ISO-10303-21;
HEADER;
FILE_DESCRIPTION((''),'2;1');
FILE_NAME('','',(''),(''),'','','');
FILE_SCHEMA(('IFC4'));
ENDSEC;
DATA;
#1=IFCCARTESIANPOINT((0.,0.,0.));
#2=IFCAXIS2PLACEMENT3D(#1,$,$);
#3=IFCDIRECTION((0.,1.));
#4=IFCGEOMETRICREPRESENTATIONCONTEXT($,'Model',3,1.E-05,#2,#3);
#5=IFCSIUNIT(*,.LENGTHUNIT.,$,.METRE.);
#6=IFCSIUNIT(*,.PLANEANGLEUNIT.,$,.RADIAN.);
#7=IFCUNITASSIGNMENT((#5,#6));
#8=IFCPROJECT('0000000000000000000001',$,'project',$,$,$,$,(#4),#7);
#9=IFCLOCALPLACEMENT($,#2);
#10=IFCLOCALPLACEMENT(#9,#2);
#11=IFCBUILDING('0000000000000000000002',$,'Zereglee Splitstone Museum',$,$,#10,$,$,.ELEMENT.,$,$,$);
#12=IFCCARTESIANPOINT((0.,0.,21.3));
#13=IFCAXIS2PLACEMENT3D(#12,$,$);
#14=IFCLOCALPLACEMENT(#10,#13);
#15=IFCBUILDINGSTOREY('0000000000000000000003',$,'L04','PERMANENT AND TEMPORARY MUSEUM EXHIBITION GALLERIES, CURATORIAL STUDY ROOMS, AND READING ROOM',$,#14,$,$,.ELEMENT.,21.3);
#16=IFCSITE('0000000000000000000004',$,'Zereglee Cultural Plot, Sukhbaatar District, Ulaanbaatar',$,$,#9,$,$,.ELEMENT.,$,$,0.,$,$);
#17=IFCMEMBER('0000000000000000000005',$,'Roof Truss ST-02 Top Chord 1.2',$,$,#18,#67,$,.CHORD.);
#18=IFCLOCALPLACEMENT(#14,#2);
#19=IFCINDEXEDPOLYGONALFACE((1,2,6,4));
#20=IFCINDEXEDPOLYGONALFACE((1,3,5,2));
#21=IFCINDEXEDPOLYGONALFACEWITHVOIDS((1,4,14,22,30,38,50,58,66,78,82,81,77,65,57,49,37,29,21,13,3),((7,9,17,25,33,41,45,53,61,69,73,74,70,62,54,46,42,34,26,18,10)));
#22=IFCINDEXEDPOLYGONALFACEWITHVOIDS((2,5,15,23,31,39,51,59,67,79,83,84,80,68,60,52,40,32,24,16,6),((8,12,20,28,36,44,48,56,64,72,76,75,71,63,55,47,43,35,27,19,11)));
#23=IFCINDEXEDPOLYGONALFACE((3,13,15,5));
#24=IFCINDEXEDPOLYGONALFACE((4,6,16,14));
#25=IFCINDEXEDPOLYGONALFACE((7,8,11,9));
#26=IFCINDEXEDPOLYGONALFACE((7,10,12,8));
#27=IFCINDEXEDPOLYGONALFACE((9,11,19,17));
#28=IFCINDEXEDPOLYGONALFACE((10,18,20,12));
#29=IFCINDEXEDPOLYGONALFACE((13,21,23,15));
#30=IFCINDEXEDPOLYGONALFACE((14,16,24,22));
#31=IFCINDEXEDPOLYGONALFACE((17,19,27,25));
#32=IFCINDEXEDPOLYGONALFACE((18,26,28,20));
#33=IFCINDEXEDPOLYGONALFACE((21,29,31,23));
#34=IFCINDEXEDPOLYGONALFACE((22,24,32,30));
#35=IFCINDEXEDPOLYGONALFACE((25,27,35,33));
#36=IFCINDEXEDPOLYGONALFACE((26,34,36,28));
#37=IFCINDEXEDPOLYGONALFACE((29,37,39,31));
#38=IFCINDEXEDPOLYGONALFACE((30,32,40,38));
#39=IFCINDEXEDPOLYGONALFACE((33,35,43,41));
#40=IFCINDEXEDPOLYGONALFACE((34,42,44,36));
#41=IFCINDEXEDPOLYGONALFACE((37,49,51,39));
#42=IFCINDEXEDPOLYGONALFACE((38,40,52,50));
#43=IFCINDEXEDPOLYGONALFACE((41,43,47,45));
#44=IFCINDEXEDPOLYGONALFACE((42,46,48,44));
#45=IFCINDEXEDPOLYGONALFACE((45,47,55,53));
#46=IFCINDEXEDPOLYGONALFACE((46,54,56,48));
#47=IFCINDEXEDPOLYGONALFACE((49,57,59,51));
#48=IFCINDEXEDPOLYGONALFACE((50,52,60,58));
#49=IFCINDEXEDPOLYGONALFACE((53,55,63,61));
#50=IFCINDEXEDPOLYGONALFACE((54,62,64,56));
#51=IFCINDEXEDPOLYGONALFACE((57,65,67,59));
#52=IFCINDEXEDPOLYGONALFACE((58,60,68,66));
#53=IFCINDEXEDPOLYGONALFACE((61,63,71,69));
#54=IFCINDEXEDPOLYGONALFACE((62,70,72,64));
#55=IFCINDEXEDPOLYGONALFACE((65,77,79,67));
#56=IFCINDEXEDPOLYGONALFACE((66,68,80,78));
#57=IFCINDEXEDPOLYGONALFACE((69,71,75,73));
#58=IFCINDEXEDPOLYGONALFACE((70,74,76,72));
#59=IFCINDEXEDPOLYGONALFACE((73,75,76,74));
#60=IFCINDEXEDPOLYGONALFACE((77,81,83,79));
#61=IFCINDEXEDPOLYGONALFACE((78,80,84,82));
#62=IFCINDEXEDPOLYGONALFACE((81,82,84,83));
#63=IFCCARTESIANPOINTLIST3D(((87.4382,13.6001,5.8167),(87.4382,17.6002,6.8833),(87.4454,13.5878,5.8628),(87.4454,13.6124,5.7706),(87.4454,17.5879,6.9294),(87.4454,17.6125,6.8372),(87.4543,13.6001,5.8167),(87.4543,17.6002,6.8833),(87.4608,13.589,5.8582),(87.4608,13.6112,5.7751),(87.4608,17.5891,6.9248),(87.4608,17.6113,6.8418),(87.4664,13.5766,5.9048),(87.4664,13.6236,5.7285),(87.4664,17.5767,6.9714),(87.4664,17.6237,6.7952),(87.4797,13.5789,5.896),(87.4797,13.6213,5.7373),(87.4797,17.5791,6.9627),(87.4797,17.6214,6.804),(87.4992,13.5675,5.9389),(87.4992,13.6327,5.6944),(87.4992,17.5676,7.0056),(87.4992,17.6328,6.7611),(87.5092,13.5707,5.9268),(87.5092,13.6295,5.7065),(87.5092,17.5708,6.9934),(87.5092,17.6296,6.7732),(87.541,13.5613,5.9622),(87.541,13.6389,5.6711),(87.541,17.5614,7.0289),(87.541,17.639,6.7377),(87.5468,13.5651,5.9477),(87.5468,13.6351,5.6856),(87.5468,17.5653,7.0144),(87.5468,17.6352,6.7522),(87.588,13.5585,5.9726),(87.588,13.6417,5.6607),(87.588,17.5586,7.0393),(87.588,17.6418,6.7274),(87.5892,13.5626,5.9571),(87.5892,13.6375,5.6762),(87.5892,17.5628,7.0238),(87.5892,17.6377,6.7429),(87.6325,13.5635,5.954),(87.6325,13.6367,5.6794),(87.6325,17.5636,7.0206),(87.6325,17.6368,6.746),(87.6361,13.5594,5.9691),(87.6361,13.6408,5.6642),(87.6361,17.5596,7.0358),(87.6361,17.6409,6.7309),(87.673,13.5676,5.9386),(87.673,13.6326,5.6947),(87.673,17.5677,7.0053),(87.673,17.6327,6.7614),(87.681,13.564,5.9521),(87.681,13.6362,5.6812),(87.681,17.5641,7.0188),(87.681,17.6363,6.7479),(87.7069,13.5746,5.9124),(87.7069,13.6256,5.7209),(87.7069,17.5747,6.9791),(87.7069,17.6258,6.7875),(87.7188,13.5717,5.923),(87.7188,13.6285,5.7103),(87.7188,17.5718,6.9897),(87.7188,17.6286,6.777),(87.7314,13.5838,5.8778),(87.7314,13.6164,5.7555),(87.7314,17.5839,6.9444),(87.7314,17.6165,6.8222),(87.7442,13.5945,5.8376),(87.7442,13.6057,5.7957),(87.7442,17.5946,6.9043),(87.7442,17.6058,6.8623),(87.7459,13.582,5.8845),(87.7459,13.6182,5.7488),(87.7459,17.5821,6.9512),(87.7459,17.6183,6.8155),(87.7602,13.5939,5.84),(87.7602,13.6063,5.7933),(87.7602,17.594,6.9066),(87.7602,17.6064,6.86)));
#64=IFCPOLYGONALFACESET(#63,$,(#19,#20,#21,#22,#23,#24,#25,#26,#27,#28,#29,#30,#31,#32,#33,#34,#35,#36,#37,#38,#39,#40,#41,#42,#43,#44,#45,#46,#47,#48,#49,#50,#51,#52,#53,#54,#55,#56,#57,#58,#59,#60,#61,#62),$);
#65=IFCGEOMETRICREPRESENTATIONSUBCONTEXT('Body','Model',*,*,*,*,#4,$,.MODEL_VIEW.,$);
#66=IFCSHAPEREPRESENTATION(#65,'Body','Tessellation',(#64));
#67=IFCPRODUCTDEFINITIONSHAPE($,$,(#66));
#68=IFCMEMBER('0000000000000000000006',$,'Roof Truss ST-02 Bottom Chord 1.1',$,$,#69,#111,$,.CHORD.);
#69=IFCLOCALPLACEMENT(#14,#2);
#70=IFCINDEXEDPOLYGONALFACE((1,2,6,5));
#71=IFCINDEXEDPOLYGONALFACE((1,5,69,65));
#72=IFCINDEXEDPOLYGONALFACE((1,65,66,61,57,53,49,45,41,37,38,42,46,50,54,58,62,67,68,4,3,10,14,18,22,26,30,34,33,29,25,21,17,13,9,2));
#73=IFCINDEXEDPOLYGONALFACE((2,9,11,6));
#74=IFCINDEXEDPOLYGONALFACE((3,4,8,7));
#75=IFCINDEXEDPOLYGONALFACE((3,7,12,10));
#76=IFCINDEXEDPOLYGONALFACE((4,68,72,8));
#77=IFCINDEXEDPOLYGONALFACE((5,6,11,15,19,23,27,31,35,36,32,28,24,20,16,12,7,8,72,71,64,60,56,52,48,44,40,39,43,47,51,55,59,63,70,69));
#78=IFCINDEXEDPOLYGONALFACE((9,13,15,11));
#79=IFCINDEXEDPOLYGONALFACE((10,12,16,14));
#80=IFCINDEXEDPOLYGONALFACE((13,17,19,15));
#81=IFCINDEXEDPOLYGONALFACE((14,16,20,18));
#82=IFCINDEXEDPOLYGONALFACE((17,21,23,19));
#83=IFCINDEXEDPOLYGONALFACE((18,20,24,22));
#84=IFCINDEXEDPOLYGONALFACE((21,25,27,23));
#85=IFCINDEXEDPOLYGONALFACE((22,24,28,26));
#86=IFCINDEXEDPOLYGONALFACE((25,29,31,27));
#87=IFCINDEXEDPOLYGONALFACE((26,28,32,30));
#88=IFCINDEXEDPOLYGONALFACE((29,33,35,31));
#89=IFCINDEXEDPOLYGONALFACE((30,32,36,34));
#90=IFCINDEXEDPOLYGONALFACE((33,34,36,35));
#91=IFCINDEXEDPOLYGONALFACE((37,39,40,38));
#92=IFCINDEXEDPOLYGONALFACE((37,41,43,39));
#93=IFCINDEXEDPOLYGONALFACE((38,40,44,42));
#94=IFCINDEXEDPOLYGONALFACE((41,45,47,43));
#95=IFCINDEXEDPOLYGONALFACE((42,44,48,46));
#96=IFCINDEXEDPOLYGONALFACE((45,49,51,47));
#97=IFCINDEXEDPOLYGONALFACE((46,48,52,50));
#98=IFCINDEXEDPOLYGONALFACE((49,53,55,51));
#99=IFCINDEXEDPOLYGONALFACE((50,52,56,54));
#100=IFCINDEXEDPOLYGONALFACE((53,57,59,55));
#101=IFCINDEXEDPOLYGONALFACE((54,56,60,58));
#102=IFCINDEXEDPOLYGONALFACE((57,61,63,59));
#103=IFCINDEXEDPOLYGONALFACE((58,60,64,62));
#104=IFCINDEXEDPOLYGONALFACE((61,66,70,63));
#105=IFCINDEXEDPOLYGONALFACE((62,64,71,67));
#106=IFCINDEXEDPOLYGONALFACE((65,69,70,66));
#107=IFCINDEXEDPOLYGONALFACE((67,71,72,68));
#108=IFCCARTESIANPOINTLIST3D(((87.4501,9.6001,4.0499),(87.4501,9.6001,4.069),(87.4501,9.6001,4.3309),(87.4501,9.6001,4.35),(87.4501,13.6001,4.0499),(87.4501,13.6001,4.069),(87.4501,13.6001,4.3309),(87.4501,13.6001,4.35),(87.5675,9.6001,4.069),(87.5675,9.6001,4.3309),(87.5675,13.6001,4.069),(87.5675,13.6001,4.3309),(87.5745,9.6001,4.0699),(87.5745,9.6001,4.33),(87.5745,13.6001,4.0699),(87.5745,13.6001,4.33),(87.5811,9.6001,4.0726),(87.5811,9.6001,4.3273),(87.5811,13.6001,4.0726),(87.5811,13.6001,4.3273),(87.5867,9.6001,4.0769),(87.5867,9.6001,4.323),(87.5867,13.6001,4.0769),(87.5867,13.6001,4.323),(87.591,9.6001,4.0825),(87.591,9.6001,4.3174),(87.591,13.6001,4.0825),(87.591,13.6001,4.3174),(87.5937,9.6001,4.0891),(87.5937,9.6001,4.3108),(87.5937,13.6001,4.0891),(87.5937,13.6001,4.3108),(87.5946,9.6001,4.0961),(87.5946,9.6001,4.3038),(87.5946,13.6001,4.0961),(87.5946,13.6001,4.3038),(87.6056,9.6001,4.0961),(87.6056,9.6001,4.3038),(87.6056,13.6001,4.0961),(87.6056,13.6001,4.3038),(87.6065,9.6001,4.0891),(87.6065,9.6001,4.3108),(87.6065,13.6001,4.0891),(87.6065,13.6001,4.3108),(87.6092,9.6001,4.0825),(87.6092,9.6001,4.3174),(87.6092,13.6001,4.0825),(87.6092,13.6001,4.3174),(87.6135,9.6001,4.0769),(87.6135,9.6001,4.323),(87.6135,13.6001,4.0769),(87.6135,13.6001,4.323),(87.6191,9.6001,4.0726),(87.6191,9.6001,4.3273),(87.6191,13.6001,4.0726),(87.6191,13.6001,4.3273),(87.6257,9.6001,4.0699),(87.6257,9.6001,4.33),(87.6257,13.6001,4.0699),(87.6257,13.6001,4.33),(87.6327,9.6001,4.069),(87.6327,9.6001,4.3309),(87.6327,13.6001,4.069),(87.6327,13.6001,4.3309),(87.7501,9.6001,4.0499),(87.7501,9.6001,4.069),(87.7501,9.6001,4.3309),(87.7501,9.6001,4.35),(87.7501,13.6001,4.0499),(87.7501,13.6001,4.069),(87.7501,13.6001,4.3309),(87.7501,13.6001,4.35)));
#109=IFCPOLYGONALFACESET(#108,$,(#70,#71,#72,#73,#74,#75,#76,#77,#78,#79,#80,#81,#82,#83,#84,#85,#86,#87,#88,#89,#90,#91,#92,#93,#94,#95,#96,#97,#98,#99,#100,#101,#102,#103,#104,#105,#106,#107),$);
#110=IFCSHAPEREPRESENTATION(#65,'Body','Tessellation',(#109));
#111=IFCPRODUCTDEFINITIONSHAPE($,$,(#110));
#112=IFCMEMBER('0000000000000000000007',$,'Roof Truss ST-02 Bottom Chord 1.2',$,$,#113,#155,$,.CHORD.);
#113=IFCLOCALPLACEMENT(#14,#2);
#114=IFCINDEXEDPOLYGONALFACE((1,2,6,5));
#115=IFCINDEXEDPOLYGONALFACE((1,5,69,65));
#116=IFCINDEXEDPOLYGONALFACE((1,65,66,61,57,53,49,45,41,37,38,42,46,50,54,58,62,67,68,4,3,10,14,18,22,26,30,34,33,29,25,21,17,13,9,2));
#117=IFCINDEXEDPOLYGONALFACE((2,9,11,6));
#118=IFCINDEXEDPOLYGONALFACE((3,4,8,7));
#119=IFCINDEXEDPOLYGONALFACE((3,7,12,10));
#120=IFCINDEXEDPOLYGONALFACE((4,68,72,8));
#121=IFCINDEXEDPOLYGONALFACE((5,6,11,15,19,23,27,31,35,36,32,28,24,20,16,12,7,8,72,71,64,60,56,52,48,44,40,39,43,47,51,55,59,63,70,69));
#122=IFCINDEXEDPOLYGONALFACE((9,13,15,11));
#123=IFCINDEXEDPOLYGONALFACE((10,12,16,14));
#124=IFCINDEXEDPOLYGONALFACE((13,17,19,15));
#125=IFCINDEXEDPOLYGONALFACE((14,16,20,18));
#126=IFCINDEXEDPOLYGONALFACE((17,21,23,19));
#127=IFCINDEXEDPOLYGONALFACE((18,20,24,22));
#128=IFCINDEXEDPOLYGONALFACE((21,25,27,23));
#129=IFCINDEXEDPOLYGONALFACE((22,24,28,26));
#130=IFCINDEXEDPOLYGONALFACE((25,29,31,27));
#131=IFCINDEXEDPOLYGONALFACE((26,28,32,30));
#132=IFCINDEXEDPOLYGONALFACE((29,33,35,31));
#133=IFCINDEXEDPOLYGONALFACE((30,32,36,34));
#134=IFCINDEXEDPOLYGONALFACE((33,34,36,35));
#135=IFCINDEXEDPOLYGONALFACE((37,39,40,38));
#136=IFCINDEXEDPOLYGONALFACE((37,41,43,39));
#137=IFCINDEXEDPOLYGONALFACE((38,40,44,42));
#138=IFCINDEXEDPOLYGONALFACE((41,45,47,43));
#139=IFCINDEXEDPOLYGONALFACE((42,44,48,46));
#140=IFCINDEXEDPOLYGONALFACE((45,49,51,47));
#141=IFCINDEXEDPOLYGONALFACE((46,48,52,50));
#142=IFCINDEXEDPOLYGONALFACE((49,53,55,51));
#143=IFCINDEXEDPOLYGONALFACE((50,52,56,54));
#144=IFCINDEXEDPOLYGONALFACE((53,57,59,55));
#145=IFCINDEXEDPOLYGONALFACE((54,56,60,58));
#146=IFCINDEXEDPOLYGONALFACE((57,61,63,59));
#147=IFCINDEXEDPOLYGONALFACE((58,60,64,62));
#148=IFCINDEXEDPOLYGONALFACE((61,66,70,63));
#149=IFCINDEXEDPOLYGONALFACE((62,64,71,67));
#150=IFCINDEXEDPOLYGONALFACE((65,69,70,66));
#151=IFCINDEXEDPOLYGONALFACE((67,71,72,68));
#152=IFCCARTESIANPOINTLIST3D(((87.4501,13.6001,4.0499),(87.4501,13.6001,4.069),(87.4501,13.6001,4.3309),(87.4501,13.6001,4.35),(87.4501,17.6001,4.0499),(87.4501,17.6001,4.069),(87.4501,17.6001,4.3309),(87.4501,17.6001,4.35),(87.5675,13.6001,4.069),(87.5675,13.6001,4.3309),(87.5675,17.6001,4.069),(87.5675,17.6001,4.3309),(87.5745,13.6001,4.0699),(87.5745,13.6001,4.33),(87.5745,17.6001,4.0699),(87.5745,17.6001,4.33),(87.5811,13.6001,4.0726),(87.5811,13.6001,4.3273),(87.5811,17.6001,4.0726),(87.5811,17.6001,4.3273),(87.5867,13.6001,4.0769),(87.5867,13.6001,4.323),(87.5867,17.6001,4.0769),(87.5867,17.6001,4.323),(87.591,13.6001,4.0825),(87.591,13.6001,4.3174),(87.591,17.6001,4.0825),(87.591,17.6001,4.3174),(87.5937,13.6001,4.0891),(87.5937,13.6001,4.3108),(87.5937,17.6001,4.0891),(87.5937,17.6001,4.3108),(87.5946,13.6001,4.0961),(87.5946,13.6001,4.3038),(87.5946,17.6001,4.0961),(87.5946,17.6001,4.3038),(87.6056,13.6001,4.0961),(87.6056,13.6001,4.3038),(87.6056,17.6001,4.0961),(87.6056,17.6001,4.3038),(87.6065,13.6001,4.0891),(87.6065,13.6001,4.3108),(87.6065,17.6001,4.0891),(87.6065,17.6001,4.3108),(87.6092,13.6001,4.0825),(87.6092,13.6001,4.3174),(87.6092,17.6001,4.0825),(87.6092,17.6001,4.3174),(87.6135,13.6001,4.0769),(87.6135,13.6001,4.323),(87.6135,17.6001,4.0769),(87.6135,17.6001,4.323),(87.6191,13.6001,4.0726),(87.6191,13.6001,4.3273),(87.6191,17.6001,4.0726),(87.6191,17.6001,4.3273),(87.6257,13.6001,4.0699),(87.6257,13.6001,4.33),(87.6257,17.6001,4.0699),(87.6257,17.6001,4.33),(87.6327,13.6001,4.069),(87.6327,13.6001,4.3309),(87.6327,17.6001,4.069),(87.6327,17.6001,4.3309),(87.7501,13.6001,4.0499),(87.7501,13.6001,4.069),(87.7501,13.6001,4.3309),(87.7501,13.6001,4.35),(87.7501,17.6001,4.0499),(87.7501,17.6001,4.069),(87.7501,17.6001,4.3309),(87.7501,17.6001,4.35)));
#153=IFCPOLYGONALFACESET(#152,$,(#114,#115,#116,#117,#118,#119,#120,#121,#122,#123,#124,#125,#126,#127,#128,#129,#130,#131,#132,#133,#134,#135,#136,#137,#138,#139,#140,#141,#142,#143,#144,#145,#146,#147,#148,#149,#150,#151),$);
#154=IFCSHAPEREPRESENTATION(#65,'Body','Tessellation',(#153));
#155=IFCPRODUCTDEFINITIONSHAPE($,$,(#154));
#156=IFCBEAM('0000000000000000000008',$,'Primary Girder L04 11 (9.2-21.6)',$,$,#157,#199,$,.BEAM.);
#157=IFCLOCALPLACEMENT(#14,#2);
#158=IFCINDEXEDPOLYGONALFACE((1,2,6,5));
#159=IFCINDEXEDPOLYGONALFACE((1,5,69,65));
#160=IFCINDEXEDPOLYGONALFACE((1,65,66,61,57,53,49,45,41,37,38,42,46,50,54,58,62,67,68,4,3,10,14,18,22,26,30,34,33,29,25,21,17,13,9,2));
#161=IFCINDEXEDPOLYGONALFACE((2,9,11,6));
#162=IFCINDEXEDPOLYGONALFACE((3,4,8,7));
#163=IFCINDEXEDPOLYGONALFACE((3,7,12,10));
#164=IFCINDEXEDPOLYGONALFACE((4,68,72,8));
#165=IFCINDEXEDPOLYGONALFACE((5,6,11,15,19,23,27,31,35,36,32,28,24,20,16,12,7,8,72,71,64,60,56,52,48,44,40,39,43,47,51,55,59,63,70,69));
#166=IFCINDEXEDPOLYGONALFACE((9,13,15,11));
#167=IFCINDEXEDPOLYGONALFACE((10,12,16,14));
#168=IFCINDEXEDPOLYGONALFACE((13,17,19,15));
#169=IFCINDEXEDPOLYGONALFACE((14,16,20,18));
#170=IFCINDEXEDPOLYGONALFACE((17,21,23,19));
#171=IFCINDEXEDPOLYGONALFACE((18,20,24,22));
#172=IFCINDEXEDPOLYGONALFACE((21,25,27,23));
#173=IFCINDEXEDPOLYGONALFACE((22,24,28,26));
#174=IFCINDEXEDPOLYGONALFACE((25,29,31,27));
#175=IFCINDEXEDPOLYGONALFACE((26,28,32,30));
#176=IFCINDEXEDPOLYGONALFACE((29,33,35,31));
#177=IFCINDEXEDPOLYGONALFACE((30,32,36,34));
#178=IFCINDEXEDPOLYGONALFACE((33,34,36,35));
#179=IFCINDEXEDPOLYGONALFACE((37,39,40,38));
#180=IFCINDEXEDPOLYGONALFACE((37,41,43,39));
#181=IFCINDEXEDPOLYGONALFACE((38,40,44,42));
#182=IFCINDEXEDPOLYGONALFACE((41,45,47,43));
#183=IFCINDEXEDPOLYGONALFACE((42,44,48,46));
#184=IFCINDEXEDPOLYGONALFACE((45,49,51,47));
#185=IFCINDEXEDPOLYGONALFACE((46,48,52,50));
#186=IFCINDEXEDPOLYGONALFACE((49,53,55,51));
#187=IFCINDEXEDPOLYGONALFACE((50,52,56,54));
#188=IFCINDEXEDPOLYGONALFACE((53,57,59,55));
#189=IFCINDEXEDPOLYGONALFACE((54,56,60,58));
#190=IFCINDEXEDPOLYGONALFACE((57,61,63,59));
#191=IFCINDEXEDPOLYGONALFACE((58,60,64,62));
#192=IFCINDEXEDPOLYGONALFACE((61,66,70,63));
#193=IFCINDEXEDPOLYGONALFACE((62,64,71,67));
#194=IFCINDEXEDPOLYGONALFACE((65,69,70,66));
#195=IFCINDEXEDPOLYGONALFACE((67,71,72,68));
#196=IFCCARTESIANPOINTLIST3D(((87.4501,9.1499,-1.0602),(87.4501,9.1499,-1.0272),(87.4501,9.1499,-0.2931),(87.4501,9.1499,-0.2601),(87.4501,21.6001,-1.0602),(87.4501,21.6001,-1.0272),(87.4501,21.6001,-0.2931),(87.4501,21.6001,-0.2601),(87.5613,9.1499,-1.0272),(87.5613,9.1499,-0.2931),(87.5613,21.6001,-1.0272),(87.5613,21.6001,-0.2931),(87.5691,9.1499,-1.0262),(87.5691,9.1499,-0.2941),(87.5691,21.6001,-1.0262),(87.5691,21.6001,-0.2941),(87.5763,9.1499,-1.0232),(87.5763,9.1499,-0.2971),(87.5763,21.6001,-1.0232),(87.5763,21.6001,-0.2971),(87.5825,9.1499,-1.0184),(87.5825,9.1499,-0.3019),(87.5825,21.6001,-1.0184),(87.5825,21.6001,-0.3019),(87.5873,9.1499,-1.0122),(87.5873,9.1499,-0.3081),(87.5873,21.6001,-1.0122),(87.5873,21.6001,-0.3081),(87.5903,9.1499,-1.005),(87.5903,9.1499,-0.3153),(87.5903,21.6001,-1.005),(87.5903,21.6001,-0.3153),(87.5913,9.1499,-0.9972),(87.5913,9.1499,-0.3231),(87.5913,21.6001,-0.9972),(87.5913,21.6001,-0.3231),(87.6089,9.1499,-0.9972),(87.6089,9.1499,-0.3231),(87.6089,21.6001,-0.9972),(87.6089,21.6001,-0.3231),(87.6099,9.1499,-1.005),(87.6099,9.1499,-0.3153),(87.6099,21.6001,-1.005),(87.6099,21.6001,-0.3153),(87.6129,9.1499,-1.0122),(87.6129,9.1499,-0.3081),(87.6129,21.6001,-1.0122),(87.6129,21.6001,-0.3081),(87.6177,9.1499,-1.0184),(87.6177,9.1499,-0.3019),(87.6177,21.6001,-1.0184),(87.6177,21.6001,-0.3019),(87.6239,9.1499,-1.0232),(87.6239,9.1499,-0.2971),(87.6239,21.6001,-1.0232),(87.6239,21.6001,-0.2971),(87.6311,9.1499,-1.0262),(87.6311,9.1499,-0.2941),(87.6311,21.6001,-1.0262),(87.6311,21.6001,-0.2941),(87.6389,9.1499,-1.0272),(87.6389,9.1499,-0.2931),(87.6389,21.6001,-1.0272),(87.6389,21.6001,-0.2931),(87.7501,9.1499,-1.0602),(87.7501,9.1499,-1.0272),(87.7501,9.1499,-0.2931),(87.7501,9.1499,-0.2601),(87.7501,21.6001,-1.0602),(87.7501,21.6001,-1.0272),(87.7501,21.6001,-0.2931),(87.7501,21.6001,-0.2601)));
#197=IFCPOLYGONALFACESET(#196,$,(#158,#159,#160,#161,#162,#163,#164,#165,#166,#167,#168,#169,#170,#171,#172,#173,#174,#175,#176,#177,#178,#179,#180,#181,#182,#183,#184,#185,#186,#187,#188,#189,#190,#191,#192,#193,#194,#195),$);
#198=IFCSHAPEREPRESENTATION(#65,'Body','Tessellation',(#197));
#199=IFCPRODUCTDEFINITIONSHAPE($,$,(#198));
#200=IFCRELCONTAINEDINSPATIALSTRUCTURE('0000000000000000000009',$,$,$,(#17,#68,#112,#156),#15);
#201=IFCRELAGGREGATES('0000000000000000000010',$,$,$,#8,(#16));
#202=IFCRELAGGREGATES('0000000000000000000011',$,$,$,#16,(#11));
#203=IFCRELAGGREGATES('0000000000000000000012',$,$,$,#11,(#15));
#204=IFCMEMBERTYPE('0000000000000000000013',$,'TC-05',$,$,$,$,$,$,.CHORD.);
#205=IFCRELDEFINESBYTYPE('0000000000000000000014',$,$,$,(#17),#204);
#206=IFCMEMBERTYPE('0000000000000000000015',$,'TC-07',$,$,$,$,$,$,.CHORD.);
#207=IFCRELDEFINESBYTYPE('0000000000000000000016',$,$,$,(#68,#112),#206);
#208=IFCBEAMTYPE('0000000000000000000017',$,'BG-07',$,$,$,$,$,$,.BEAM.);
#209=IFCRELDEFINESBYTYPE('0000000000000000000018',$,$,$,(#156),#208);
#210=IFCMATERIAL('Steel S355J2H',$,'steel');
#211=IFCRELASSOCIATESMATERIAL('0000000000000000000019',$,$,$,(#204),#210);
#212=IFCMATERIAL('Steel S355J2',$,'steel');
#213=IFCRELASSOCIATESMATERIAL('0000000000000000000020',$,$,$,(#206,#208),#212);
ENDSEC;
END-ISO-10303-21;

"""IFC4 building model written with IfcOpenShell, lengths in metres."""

from ifc_helpers import new_model, si_unit, direction, frame, origin, origin_2d, place, context, subcontext, project, spatial, hollow_circle, i_section, extrude, material, material_profile, profile_set, type_object, element, save


model = new_model("IFC4")

# Units and contexts
model_context = context("Model", 3, precision=1e-05, world=origin(), true_north=direction((0.0, 1.0)))
body_context = subcontext(model_context, "Body", "Model", "MODEL_VIEW")
ifc_project = project(units=[si_unit("LENGTHUNIT", "METRE"), si_unit("PLANEANGLEUNIT", "RADIAN")], contexts=[model_context])

# Site, building, storey
site_placement = place(None, origin())
site = spatial("IfcSite", under=ifc_project, at=site_placement, Name="Zereglee Cultural Plot, Sukhbaatar District, Ulaanbaatar", CompositionType="ELEMENT", RefElevation=0.0)
building_placement = place(site_placement, origin())
building = spatial("IfcBuilding", under=site, at=building_placement, Name="Zereglee Splitstone Museum", CompositionType="ELEMENT")
storey_placement = place(building_placement, frame((0.0, 0.0, 21.3)))
storey = spatial("IfcBuildingStorey", under=building, at=storey_placement, Name="L04", Description="PERMANENT AND TEMPORARY MUSEUM EXHIBITION GALLERIES, CURATORIAL STUDY ROOMS, AND READING ROOM", CompositionType="ELEMENT", Elevation=21.3)

# Shared definitions
ifc_material_1 = material(Name="Steel S355J2", Category="steel")

# Members
ifc_material_2 = material(Name="Steel S355J2H", Category="steel")
ifc_material_profile_1 = material_profile(ifc_material_2, hollow_circle(Radius=0.1619, WallThickness=0.0161, at=origin_2d()), Name="CHS 323.9x16")
ifc_profile_set_1 = profile_set([ifc_material_profile_1], Name="Steel S355J2H")
member_type_1 = type_object("IfcMemberType", Name="TC-05", PredefinedType="CHORD", material=ifc_profile_set_1)
for number, where, z_axis, x_axis, name in (
    (1, (87.6001, 13.6001, 5.8167), (0.0, 0.966236, 0.257659), (-1.0, 0.0, 0.0), "Roof Truss ST-02 Top Chord 1.2"),
):
    element("IfcMember", number, at=place(storey_placement, frame(where, z_axis=z_axis, x_axis=x_axis)), inside=storey, type_object=member_type_1, Name=name, PredefinedType="CHORD", context=body_context, shape_type="SweptSolid", body=[
        extrude(hollow_circle(Radius=0.1619, WallThickness=0.0161, at=origin_2d()), origin(), (0.0, 0.0, 1.0), 4.1399),
    ])
ifc_material_profile_2 = material_profile(ifc_material_1, i_section(OverallWidth=0.3, OverallDepth=0.3, WebThickness=0.011, FlangeThickness=0.019, FilletRadius=0.0271, at=origin_2d()), Name="HE 300 B")
ifc_profile_set_2 = profile_set([ifc_material_profile_2], Name="Steel S355J2")
member_type_2 = type_object("IfcMemberType", Name="TC-07", PredefinedType="CHORD", material=ifc_profile_set_2)
for number, where, z_axis, x_axis, name in (
    (2, (87.6001, 9.6001, 4.2), (0.0, 1.0, 0.0), (-1.0, 0.0, 0.0), "Roof Truss ST-02 Bottom Chord 1.1"),
    (3, (87.6001, 13.6001, 4.2), (0.0, 1.0, 0.0), (-1.0, 0.0, 0.0), "Roof Truss ST-02 Bottom Chord 1.2"),
):
    element("IfcMember", number, at=place(storey_placement, frame(where, z_axis=z_axis, x_axis=x_axis)), inside=storey, type_object=member_type_2, Name=name, PredefinedType="CHORD", context=body_context, shape_type="SweptSolid", body=[
        extrude(i_section(OverallWidth=0.3, OverallDepth=0.3, WebThickness=0.011, FlangeThickness=0.019, FilletRadius=0.0271, at=origin_2d()), origin(), (0.0, 0.0, 1.0), 4.0),
    ])

# Beam
ifc_material_profile_3 = material_profile(ifc_material_1, i_section(OverallWidth=0.3, OverallDepth=0.8, WebThickness=0.0176, FlangeThickness=0.033, FilletRadius=0.03, at=origin_2d()), Name="HE 800 B")
ifc_profile_set_3 = profile_set([ifc_material_profile_3], Name="Steel S355J2")
beam_type_1 = type_object("IfcBeamType", Name="BG-07", PredefinedType="BEAM", material=ifc_profile_set_3)
beam_1_placement = place(storey_placement, frame((87.6001, 9.1499, -0.6602), z_axis=(0.0, 1.0, 0.0), x_axis=(-1.0, 0.0, 0.0)))
element("IfcBeam", 4, at=beam_1_placement, inside=storey, type_object=beam_type_1, Name="Primary Girder L04 11 (9.2-21.6)", PredefinedType="BEAM", context=body_context, shape_type="SweptSolid", body=[
    extrude(i_section(OverallWidth=0.3, OverallDepth=0.8, WebThickness=0.0176, FlangeThickness=0.033, FilletRadius=0.03, at=origin_2d()), origin(), (0.0, 0.0, 1.0), 12.4502),
])

save(model, "model.ifc")
